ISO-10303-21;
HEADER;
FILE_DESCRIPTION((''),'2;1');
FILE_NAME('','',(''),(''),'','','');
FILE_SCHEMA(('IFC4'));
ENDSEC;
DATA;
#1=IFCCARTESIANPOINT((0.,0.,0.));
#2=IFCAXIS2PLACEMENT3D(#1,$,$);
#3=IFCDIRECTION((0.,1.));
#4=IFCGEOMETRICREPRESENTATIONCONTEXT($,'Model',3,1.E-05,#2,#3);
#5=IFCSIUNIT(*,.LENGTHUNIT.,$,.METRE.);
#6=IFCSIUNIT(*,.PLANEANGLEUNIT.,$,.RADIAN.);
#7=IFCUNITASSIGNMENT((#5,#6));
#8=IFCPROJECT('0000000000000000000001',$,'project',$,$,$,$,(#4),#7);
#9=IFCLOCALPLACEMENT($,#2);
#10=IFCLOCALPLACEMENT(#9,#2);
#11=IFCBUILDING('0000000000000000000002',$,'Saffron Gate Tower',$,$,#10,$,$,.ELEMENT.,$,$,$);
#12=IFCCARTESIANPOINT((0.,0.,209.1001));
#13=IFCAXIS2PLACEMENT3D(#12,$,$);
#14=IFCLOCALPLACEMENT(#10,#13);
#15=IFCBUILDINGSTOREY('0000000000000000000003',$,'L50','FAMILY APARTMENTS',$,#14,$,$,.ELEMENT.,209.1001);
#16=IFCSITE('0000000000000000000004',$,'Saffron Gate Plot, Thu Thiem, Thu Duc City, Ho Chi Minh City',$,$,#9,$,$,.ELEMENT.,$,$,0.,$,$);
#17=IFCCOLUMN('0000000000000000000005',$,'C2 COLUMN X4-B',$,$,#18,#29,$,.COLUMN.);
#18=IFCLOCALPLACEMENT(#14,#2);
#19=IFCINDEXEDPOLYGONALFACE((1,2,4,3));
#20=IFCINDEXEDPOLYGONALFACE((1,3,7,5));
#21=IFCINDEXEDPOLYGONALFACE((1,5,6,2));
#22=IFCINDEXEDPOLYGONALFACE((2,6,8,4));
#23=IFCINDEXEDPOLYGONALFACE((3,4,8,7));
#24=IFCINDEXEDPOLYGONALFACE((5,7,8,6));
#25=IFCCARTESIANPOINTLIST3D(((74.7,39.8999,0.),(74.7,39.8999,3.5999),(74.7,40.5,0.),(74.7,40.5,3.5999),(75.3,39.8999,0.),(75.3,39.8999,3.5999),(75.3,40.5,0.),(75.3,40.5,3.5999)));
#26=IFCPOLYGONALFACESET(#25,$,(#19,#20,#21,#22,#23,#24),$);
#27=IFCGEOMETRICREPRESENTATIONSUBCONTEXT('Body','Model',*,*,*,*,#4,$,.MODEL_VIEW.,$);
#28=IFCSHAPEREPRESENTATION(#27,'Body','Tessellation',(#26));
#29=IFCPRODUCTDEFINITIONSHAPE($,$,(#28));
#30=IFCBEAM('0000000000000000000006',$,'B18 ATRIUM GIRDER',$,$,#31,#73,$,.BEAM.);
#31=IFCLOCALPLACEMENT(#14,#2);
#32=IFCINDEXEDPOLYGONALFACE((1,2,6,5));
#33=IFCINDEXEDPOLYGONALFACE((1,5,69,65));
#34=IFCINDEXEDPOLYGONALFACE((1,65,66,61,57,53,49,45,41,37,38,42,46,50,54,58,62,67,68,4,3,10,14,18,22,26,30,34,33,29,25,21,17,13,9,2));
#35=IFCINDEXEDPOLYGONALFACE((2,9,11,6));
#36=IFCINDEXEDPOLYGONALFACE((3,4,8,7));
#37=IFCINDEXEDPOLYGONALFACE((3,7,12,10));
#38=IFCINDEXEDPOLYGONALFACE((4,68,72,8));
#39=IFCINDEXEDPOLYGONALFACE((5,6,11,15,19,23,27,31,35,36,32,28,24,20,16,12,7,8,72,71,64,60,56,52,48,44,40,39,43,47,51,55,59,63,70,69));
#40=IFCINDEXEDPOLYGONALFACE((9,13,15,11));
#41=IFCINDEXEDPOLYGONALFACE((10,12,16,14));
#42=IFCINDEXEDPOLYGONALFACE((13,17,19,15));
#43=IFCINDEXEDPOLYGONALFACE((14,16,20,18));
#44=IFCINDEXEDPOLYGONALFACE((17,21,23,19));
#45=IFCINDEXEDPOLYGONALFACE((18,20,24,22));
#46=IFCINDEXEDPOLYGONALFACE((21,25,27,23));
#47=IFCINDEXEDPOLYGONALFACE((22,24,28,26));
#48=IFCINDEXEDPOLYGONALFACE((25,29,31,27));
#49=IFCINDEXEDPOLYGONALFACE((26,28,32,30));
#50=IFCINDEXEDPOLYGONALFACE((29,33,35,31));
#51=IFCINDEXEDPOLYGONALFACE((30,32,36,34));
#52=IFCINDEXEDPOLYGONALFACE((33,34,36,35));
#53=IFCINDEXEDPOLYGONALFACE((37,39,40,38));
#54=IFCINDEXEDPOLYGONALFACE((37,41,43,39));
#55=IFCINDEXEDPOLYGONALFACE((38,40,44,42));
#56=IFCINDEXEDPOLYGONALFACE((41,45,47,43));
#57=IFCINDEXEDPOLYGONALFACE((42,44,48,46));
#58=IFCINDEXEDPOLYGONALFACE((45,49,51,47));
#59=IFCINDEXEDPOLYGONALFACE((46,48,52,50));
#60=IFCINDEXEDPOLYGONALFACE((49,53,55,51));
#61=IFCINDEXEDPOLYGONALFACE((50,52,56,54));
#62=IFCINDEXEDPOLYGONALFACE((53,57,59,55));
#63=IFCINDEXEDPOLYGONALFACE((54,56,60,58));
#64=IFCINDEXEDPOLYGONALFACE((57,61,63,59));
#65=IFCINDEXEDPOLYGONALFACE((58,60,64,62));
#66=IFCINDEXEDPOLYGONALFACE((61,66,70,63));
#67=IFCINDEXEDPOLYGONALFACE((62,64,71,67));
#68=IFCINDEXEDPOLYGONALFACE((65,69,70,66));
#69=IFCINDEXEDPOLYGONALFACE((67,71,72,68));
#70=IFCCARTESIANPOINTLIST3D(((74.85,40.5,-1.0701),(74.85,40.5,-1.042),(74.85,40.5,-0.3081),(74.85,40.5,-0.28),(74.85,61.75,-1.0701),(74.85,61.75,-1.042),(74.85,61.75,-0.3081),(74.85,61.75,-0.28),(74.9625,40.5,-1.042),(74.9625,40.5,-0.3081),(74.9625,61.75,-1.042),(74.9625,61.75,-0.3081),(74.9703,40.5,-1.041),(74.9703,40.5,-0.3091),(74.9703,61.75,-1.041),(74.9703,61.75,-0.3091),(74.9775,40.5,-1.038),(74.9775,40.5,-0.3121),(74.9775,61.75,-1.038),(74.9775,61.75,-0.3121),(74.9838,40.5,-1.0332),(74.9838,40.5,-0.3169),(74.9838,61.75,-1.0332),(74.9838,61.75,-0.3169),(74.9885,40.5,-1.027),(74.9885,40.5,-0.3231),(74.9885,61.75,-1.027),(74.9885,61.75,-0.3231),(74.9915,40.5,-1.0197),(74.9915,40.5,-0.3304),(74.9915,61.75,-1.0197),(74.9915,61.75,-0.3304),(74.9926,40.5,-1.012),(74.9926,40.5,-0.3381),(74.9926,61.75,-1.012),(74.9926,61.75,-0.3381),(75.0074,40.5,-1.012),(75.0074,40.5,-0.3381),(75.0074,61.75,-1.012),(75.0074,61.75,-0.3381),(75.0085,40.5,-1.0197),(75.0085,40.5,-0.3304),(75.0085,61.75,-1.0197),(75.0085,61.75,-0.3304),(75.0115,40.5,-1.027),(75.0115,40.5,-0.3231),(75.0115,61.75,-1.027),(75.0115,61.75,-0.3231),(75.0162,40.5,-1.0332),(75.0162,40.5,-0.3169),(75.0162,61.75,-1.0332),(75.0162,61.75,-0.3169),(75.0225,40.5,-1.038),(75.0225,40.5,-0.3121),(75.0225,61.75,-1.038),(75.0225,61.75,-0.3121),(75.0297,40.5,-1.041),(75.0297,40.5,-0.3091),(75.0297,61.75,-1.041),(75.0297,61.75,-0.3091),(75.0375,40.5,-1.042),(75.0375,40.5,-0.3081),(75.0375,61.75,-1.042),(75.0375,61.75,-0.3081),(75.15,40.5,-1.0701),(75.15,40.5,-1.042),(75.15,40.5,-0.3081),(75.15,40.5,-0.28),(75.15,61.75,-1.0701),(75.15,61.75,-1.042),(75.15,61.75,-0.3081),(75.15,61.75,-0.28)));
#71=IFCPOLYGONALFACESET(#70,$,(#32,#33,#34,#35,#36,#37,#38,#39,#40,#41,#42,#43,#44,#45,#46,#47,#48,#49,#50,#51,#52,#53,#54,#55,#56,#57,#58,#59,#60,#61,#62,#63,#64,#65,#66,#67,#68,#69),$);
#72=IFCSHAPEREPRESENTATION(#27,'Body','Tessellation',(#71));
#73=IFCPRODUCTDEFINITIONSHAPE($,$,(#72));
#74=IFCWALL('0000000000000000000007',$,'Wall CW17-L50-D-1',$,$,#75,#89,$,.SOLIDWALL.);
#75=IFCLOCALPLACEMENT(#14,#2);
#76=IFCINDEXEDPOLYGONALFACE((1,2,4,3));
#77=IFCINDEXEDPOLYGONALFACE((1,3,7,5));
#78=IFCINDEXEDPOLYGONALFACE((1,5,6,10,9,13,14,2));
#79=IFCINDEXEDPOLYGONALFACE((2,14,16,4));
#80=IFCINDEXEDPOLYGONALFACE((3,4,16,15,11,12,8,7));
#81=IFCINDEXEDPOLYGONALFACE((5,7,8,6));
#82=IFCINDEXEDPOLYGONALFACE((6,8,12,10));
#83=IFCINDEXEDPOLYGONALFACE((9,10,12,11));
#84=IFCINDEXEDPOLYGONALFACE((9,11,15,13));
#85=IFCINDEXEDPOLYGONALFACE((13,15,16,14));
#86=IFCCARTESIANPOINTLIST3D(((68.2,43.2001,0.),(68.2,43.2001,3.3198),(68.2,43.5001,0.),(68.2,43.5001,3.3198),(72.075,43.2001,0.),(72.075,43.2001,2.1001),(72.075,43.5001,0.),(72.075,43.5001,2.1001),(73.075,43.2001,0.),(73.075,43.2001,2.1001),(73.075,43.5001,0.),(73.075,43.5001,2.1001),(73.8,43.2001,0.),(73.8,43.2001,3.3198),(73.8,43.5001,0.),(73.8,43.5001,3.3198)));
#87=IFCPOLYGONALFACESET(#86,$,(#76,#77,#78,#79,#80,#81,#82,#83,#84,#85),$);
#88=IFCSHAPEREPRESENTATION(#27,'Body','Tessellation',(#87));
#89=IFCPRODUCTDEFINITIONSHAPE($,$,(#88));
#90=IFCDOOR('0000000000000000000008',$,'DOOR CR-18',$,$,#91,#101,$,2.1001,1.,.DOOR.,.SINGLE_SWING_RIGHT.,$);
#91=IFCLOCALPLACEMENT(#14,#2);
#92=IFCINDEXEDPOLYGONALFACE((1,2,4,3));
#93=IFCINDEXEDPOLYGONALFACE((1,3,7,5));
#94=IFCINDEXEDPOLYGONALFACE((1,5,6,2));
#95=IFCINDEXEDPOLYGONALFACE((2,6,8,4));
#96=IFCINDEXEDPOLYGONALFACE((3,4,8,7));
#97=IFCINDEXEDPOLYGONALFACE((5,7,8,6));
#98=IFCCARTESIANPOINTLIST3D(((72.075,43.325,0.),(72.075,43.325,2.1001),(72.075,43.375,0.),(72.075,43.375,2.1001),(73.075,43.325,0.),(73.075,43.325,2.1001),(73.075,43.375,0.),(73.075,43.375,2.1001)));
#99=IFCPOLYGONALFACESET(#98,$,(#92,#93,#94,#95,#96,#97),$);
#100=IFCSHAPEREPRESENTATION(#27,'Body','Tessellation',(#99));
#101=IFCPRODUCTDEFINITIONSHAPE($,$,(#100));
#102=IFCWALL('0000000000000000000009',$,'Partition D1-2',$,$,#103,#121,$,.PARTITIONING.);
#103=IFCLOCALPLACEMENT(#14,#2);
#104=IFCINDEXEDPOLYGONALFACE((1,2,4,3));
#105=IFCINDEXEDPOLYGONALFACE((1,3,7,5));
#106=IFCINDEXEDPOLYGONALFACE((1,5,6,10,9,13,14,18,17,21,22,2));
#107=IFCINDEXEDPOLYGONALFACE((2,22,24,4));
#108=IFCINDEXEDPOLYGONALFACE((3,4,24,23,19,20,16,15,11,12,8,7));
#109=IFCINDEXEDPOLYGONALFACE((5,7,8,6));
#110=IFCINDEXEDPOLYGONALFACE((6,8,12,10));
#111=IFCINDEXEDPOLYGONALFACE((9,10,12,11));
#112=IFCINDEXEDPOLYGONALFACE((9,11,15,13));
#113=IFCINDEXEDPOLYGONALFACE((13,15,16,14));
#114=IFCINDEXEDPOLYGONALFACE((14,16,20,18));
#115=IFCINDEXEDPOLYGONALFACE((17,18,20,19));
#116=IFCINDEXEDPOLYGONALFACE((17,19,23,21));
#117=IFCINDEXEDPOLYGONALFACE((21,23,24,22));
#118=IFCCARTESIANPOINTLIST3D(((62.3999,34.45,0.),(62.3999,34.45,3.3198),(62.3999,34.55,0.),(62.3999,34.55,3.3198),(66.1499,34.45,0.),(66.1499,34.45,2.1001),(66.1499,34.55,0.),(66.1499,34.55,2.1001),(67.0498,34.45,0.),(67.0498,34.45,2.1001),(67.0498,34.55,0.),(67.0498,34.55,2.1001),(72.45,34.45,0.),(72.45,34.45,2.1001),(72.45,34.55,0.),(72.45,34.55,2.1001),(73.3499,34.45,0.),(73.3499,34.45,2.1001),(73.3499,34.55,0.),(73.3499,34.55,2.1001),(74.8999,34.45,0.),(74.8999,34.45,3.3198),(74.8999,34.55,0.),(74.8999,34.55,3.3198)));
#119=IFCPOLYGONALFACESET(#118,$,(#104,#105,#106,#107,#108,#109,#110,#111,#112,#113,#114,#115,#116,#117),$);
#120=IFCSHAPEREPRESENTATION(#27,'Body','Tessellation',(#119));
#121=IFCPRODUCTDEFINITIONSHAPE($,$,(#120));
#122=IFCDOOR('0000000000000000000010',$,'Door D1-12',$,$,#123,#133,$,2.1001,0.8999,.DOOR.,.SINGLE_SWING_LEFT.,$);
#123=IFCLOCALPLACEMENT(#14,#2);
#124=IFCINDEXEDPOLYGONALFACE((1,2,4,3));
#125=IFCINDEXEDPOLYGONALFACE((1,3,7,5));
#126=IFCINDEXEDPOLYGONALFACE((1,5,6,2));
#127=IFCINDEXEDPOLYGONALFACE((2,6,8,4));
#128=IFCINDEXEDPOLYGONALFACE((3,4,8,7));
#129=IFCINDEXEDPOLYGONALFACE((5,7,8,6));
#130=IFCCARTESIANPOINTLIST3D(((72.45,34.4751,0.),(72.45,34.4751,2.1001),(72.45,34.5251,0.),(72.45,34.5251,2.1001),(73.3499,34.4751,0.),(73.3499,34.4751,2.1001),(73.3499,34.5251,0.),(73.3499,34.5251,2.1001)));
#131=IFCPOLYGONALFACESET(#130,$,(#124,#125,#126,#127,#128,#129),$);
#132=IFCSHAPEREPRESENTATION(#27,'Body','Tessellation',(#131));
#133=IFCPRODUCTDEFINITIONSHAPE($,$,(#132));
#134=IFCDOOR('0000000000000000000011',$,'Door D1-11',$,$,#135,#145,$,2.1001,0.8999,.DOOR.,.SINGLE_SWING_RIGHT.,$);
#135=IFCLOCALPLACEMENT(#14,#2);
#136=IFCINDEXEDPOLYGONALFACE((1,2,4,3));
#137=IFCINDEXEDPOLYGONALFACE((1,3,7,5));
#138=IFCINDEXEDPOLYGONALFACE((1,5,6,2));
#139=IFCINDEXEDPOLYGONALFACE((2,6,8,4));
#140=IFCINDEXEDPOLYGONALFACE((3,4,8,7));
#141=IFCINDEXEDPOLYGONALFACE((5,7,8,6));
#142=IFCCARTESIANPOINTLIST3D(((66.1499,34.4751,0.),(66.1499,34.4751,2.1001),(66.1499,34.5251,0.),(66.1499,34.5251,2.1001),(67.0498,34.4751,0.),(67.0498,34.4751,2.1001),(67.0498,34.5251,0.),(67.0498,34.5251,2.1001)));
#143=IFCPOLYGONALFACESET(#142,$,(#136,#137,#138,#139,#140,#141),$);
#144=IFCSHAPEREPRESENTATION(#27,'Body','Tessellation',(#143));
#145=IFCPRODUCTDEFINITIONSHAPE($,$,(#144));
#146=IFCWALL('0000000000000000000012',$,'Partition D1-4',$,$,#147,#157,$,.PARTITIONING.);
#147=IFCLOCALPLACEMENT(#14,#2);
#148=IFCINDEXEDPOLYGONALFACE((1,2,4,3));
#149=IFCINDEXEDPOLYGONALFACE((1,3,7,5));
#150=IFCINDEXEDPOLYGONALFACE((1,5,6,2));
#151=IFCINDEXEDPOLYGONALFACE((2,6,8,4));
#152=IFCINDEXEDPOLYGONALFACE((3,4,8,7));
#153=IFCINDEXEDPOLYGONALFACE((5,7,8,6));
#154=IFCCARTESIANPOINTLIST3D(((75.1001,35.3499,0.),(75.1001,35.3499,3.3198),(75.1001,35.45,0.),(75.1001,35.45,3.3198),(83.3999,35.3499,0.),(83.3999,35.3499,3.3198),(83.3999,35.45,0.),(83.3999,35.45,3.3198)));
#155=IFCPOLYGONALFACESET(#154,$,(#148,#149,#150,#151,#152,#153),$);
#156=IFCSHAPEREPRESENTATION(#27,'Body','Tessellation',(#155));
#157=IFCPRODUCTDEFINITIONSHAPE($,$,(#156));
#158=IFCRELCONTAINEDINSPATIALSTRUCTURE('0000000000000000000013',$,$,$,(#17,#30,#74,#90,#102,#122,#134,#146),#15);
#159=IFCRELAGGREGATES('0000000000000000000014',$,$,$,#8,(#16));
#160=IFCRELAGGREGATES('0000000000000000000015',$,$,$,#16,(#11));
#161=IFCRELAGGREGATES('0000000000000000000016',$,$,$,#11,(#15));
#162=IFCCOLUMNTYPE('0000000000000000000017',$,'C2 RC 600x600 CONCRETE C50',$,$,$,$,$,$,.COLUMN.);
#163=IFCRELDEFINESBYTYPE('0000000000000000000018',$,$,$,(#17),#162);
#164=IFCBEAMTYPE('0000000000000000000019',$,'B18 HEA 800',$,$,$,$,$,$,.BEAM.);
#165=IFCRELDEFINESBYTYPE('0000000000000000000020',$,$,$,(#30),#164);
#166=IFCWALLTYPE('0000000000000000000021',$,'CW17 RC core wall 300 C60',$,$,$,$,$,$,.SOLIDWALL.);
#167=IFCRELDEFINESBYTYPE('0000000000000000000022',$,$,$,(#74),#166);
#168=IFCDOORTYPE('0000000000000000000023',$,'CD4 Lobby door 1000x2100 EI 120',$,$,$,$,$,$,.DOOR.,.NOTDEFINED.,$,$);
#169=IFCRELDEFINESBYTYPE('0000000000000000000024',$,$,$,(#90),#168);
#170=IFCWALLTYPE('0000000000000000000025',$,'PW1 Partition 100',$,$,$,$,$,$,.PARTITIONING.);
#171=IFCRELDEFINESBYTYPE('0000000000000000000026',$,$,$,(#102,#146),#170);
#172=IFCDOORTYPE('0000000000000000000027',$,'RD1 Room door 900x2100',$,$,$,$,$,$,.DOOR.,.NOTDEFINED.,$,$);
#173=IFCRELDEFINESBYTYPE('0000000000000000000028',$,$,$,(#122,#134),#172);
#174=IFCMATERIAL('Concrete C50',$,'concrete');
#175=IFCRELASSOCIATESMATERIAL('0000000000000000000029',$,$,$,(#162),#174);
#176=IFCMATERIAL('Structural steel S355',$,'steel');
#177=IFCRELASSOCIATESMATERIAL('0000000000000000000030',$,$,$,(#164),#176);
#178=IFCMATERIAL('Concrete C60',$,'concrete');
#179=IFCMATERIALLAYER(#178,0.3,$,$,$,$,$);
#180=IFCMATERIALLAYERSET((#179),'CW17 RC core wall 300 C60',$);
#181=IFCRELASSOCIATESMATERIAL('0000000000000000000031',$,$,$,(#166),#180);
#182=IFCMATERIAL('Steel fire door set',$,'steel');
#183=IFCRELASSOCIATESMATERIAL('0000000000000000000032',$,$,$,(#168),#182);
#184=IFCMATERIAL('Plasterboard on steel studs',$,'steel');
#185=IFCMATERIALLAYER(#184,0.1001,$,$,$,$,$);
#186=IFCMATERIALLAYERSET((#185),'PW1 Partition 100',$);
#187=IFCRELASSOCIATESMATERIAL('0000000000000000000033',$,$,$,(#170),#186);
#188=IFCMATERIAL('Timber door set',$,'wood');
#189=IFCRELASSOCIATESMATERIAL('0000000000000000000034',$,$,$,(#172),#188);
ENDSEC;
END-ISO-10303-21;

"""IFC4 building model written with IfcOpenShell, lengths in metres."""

from ifc_helpers import new_model, si_unit, direction, frame, frame_2d, origin, origin_2d, place, context, subcontext, project, spatial, rectangle, i_section, extrude, material, layer, layer_set, material_profile, profile_set, type_object, element, fill, save


model = new_model("IFC4")

# Units and contexts
model_context = context("Model", 3, precision=1e-05, world=origin(), true_north=direction((0.0, 1.0)))
body_context = subcontext(model_context, "Body", "Model", "MODEL_VIEW")
ifc_project = project(units=[si_unit("LENGTHUNIT", "METRE"), si_unit("PLANEANGLEUNIT", "RADIAN")], contexts=[model_context])

# Site, building, storey
site_placement = place(None, origin())
site = spatial("IfcSite", under=ifc_project, at=site_placement, Name="Saffron Gate Plot, Thu Thiem, Thu Duc City, Ho Chi Minh City", CompositionType="ELEMENT", RefElevation=0.0)
building_placement = place(site_placement, origin())
building = spatial("IfcBuilding", under=site, at=building_placement, Name="Saffron Gate Tower", CompositionType="ELEMENT")
storey_placement = place(building_placement, frame((0.0, 0.0, 209.1001)))
storey = spatial("IfcBuildingStorey", under=building, at=storey_placement, Name="L50", Description="FAMILY APARTMENTS", CompositionType="ELEMENT", Elevation=209.1001)

# Column
ifc_material_1 = material(Name="Concrete C50", Category="concrete")
ifc_material_profile_1 = material_profile(ifc_material_1, rectangle(XDim=0.6001, YDim=0.6001, at=origin_2d()))
ifc_profile_set_1 = profile_set([ifc_material_profile_1], Name="Concrete C50")
column_type = type_object("IfcColumnType", Name="C2 RC 600x600 CONCRETE C50", PredefinedType="COLUMN", material=ifc_profile_set_1)
column_placement = place(storey_placement, frame((75.0, 40.2, 0.0), z_axis=(0.0, 0.0, 1.0), x_axis=(1.0, 0.0, 0.0)))
element("IfcColumn", 1, at=column_placement, inside=storey, type_object=column_type, Name="C2 COLUMN X4-B", PredefinedType="COLUMN", context=body_context, shape_type="SweptSolid", body=[
    extrude(rectangle(XDim=0.6001, YDim=0.6001, at=origin_2d()), origin(), (0.0, 0.0, 1.0), 3.5999),
])

# Beam
ifc_material_2 = material(Name="Structural steel S355", Category="steel")
ifc_material_profile_2 = material_profile(ifc_material_2, i_section(OverallWidth=0.3, OverallDepth=0.79, WebThickness=0.0149, FlangeThickness=0.0281, FilletRadius=0.03, at=origin_2d()))
ifc_profile_set_2 = profile_set([ifc_material_profile_2], Name="Structural steel S355")
beam_type = type_object("IfcBeamType", Name="B18 HEA 800", PredefinedType="BEAM", material=ifc_profile_set_2)
beam_placement = place(storey_placement, frame((75.0, 40.5, -0.675), z_axis=(0.0, 1.0, 0.0), x_axis=(-1.0, 0.0, 0.0)))
element("IfcBeam", 2, at=beam_placement, inside=storey, type_object=beam_type, Name="B18 ATRIUM GIRDER", PredefinedType="BEAM", context=body_context, shape_type="SweptSolid", body=[
    extrude(i_section(OverallWidth=0.3, OverallDepth=0.79, WebThickness=0.0149, FlangeThickness=0.0281, FilletRadius=0.03, at=origin_2d()), origin(), (0.0, 0.0, 1.0), 21.25),
])

# Wall, opening, door
ifc_material_3 = material(Name="Concrete C60", Category="concrete")
ifc_layer_1 = layer(ifc_material_3, 0.3)
ifc_layer_set_1 = layer_set([ifc_layer_1], Name="CW17 RC core wall 300 C60")
wall_type_1 = type_object("IfcWallType", Name="CW17 RC core wall 300 C60", PredefinedType="SOLIDWALL", material=ifc_layer_set_1)
wall_1_placement = place(storey_placement, frame((68.2, 43.3501, 0.0), z_axis=(0.0, 0.0, 1.0), x_axis=(1.0, 0.0, 0.0)))
wall_1 = element("IfcWall", 3, at=wall_1_placement, inside=storey, type_object=wall_type_1, Name="Wall CW17-L50-D-1", PredefinedType="SOLIDWALL", context=body_context, shape_type="SweptSolid", body=[
    extrude(rectangle(XDim=5.6001, YDim=0.3, at=frame_2d((2.8, 0.0))), origin(), (0.0, 0.0, 1.0), 3.3198),
])
opening_1_placement = place(wall_1_placement, frame((3.875, 0.0, 0.0)))
opening_1 = element("IfcOpeningElement", 4, at=opening_1_placement, cuts=wall_1, PredefinedType="OPENING", context=body_context, shape_type="SweptSolid", body=[
    extrude(rectangle(XDim=1.0, YDim=2.1001, at=frame_2d((0.5, 1.05))), frame((0.0, 0.1602, 0.0), z_axis=(0.0, -1.0, 0.0), x_axis=(1.0, 0.0, 0.0)), (0.0, 0.0, 1.0), 0.3201),
])
ifc_material_4 = material(Name="Steel fire door set", Category="steel")
door_type_1 = type_object("IfcDoorType", Name="CD4 Lobby door 1000x2100 EI 120", OperationType="NOTDEFINED", PredefinedType="DOOR", material=ifc_material_4)
door_1_placement = place(opening_1_placement, origin())
door_1 = element("IfcDoor", 5, at=door_1_placement, inside=storey, type_object=door_type_1, Name="DOOR CR-18", OperationType="SINGLE_SWING_RIGHT", OverallHeight=2.1001, OverallWidth=1.0, PredefinedType="DOOR", context=body_context, shape_type="SweptSolid", body=[
    extrude(rectangle(XDim=1.0, YDim=2.1001, at=frame_2d((0.5, 1.05))), frame((0.0, 0.0249, 0.0), z_axis=(0.0, -1.0, 0.0), x_axis=(1.0, 0.0, 0.0)), (0.0, 0.0, 1.0), 0.05),
])
fill(opening_1, door_1)

# Wall, openings, doors
ifc_material_5 = material(Name="Plasterboard on steel studs", Category="steel")
ifc_layer_2 = layer(ifc_material_5, 0.1001)
ifc_layer_set_2 = layer_set([ifc_layer_2], Name="PW1 Partition 100")
wall_type_2 = type_object("IfcWallType", Name="PW1 Partition 100", PredefinedType="PARTITIONING", material=ifc_layer_set_2)
wall_2_placement = place(storey_placement, frame((74.8999, 34.5, 0.0), z_axis=(0.0, 0.0, 1.0), x_axis=(-1.0, 0.0, 0.0)))
wall_2 = element("IfcWall", 6, at=wall_2_placement, inside=storey, type_object=wall_type_2, Name="Partition D1-2", PredefinedType="PARTITIONING", context=body_context, shape_type="SweptSolid", body=[
    extrude(rectangle(XDim=12.5, YDim=0.1001, at=frame_2d((6.25, 0.0))), origin(), (0.0, 0.0, 1.0), 3.3198),
])
opening_2_placement = place(wall_2_placement, frame((1.55, 0.0, 0.0)))
opening_2 = element("IfcOpeningElement", 7, at=opening_2_placement, cuts=wall_2, PredefinedType="OPENING", context=body_context, shape_type="SweptSolid", body=[
    extrude(rectangle(XDim=0.8999, YDim=2.1001, at=frame_2d((0.45, 1.05))), frame((0.0, 0.0601, 0.0), z_axis=(0.0, -1.0, 0.0), x_axis=(1.0, 0.0, 0.0)), (0.0, 0.0, 1.0), 0.1201),
])
opening_3_placement = place(wall_2_placement, frame((7.8501, 0.0, 0.0)))
opening_3 = element("IfcOpeningElement", 8, at=opening_3_placement, cuts=wall_2, PredefinedType="OPENING", context=body_context, shape_type="SweptSolid", body=[
    extrude(rectangle(XDim=0.8999, YDim=2.1001, at=frame_2d((0.45, 1.05))), frame((0.0, 0.0601, 0.0), z_axis=(0.0, -1.0, 0.0), x_axis=(1.0, 0.0, 0.0)), (0.0, 0.0, 1.0), 0.1201),
])
ifc_material_6 = material(Name="Timber door set", Category="wood")
door_type_2 = type_object("IfcDoorType", Name="RD1 Room door 900x2100", OperationType="NOTDEFINED", PredefinedType="DOOR", material=ifc_material_6)
door_2_placement = place(opening_2_placement, origin())
door_2 = element("IfcDoor", 9, at=door_2_placement, inside=storey, type_object=door_type_2, Name="Door D1-12", OperationType="SINGLE_SWING_LEFT", OverallHeight=2.1001, OverallWidth=0.8999, PredefinedType="DOOR", context=body_context, shape_type="SweptSolid", body=[
    extrude(rectangle(XDim=0.8999, YDim=2.1001, at=frame_2d((0.45, 1.05))), frame((0.0, 0.0249, 0.0), z_axis=(0.0, -1.0, 0.0), x_axis=(1.0, 0.0, 0.0)), (0.0, 0.0, 1.0), 0.05),
])
fill(opening_2, door_2)
door_3_placement = place(opening_3_placement, origin())
door_3 = element("IfcDoor", 10, at=door_3_placement, inside=storey, type_object=door_type_2, Name="Door D1-11", OperationType="SINGLE_SWING_RIGHT", OverallHeight=2.1001, OverallWidth=0.8999, PredefinedType="DOOR", context=body_context, shape_type="SweptSolid", body=[
    extrude(rectangle(XDim=0.8999, YDim=2.1001, at=frame_2d((0.45, 1.05))), frame((0.0, 0.0249, 0.0), z_axis=(0.0, -1.0, 0.0), x_axis=(1.0, 0.0, 0.0)), (0.0, 0.0, 1.0), 0.05),
])
fill(opening_3, door_3)

# Wall
wall_3_placement = place(storey_placement, frame((75.1001, 35.3999, 0.0), z_axis=(0.0, 0.0, 1.0), x_axis=(1.0, 0.0, 0.0)))
element("IfcWall", 11, at=wall_3_placement, inside=storey, type_object=wall_type_2, Name="Partition D1-4", PredefinedType="PARTITIONING", context=body_context, shape_type="SweptSolid", body=[
    extrude(rectangle(XDim=8.2998, YDim=0.1001, at=frame_2d((4.1499, 0.0))), origin(), (0.0, 0.0, 1.0), 3.3198),
])

save(model, "model.ifc")
